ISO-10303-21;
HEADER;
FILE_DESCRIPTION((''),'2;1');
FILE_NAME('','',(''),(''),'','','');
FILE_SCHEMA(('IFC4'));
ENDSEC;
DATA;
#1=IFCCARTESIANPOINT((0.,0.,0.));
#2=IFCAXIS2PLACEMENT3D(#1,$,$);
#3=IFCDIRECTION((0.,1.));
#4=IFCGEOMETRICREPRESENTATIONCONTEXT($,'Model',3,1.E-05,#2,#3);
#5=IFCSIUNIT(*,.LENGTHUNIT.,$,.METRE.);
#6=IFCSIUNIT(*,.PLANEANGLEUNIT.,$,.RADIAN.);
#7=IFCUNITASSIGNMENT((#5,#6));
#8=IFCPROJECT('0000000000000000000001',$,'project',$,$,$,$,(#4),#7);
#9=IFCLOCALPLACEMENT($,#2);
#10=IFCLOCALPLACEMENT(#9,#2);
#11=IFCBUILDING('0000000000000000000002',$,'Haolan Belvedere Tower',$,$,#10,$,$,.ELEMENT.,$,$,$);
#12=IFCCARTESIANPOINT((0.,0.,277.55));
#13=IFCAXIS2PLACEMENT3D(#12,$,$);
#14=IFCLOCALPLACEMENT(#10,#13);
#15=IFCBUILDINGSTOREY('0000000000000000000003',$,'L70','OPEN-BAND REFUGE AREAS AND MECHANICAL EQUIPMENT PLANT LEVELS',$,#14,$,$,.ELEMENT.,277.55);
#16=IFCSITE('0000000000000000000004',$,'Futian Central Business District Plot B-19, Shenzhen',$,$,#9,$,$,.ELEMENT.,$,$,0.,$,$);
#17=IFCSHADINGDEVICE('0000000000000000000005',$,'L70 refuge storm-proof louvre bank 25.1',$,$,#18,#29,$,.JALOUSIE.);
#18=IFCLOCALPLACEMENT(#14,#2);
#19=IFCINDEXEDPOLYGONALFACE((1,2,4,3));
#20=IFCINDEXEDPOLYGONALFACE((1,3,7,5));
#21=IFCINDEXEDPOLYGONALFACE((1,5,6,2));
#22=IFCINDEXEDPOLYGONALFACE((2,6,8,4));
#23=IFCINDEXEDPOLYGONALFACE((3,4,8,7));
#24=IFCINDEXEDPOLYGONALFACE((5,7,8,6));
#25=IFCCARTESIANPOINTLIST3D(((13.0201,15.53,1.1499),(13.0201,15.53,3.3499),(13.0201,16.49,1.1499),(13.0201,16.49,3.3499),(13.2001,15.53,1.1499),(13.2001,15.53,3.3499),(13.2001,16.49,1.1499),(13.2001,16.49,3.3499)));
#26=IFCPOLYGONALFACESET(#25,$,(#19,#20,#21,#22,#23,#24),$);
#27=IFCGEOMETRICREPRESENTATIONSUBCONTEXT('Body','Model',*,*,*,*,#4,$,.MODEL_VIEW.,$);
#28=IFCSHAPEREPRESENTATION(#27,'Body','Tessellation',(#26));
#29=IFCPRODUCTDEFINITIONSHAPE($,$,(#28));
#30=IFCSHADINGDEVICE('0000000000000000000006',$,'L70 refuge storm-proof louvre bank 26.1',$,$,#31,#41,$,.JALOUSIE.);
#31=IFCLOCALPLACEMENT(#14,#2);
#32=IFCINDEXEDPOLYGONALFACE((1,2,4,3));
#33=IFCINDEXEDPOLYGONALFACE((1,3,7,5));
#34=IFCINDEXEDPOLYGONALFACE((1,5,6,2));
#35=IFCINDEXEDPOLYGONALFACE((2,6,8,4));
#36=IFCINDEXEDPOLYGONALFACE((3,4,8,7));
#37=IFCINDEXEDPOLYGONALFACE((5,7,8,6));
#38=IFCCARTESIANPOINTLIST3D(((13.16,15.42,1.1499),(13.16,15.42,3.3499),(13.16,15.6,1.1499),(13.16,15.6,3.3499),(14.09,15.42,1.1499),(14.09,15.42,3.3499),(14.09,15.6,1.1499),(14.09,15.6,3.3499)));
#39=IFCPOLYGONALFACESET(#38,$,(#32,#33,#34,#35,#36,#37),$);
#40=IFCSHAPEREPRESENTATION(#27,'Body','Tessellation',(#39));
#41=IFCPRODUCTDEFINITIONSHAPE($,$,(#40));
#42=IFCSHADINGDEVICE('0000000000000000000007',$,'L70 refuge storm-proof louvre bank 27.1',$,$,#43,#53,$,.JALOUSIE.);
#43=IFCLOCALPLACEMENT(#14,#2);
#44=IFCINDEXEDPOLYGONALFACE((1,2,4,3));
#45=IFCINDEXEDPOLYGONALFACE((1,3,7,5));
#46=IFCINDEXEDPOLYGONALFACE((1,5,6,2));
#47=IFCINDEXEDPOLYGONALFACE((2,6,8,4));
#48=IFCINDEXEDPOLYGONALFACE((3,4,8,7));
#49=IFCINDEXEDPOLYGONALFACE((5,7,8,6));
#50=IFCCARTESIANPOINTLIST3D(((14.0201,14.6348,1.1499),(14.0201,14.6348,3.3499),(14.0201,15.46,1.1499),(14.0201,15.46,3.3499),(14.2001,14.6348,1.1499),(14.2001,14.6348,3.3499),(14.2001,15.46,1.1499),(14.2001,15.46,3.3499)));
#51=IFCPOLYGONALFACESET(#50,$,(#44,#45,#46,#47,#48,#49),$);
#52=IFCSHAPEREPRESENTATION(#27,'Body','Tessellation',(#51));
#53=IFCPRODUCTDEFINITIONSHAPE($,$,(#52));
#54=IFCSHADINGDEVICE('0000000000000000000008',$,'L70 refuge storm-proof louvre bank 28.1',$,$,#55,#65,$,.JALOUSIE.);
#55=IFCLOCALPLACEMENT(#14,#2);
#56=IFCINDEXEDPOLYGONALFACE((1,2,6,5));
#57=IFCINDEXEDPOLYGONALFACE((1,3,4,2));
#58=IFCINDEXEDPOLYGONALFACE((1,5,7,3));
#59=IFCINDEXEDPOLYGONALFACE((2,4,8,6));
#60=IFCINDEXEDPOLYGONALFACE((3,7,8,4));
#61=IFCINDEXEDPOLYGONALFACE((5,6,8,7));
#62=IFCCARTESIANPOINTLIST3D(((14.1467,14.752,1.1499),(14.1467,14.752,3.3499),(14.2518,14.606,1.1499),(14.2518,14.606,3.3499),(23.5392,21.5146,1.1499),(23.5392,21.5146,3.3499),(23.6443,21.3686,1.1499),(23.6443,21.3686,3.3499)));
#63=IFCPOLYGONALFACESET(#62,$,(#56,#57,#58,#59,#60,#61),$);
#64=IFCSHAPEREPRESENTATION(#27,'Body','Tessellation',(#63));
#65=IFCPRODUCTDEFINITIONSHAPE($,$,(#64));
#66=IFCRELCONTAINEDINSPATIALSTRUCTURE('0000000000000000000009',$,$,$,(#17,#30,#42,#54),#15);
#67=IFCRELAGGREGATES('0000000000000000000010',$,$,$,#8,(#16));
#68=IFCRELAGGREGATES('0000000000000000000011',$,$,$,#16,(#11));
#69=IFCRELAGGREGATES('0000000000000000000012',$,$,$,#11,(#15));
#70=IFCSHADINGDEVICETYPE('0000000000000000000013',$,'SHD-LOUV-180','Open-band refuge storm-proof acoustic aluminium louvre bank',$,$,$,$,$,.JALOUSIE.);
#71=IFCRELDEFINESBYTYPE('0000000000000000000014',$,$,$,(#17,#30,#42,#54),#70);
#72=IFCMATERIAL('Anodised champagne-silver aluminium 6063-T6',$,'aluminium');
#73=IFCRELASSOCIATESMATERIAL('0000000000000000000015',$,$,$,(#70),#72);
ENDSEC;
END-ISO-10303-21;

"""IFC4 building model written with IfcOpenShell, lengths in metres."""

from ifc_helpers import new_model, si_unit, direction, frame, origin, origin_2d, place, context, subcontext, project, spatial, rectangle, extrude, material, type_object, element, save


model = new_model("IFC4")

# Units and contexts
model_context = context("Model", 3, precision=1e-05, world=origin(), true_north=direction((0.0, 1.0)))
body_context = subcontext(model_context, "Body", "Model", "MODEL_VIEW")
ifc_project = project(units=[si_unit("LENGTHUNIT", "METRE"), si_unit("PLANEANGLEUNIT", "RADIAN")], contexts=[model_context])

# Site, building, storey
site_placement = place(None, origin())
site = spatial("IfcSite", under=ifc_project, at=site_placement, Name="Futian Central Business District Plot B-19, Shenzhen", CompositionType="ELEMENT", RefElevation=0.0)
building_placement = place(site_placement, origin())
building = spatial("IfcBuilding", under=site, at=building_placement, Name="Haolan Belvedere Tower", CompositionType="ELEMENT")
storey_placement = place(building_placement, frame((0.0, 0.0, 277.55)))
storey = spatial("IfcBuildingStorey", under=building, at=storey_placement, Name="L70", Description="OPEN-BAND REFUGE AREAS AND MECHANICAL EQUIPMENT PLANT LEVELS", CompositionType="ELEMENT", Elevation=277.55)

# Shading devices
ifc_material_1 = material(Name="Anodised champagne-silver aluminium 6063-T6", Category="aluminium")
shading_device_type = type_object("IfcShadingDeviceType", Name="SHD-LOUV-180", Description="Open-band refuge storm-proof acoustic aluminium louvre bank", PredefinedType="JALOUSIE", material=ifc_material_1)
shading_device_1_placement = place(storey_placement, frame((13.1101, 16.01, 1.1499), z_axis=(0.0, 0.0, 1.0), x_axis=(0.0, -1.0, 0.0)))
element("IfcShadingDevice", 1, at=shading_device_1_placement, inside=storey, type_object=shading_device_type, Name="L70 refuge storm-proof louvre bank 25.1", PredefinedType="JALOUSIE", context=body_context, shape_type="SweptSolid", body=[
    extrude(rectangle(XDim=0.96, YDim=0.1799, at=origin_2d()), origin(), (0.0, 0.0, 1.0), 2.2),
])
shading_device_2_placement = place(storey_placement, frame((13.625, 15.51, 1.1499), z_axis=(0.0, 0.0, 1.0), x_axis=(1.0, 0.0, 0.0)))
element("IfcShadingDevice", 2, at=shading_device_2_placement, inside=storey, type_object=shading_device_type, Name="L70 refuge storm-proof louvre bank 26.1", PredefinedType="JALOUSIE", context=body_context, shape_type="SweptSolid", body=[
    extrude(rectangle(XDim=0.9299, YDim=0.1799, at=origin_2d()), origin(), (0.0, 0.0, 1.0), 2.2),
])
shading_device_3_placement = place(storey_placement, frame((14.1101, 15.0474, 1.1499), z_axis=(0.0, 0.0, 1.0), x_axis=(0.0, -1.0, 0.0)))
element("IfcShadingDevice", 3, at=shading_device_3_placement, inside=storey, type_object=shading_device_type, Name="L70 refuge storm-proof louvre bank 27.1", PredefinedType="JALOUSIE", context=body_context, shape_type="SweptSolid", body=[
    extrude(rectangle(XDim=0.8252, YDim=0.1799, at=origin_2d()), origin(), (0.0, 0.0, 1.0), 2.2),
])
shading_device_4_placement = place(storey_placement, frame((18.8955, 18.0603, 1.1499), z_axis=(0.0, 0.0, 1.0), x_axis=(0.811533, 0.584306, 0.0)))
element("IfcShadingDevice", 4, at=shading_device_4_placement, inside=storey, type_object=shading_device_type, Name="L70 refuge storm-proof louvre bank 28.1", PredefinedType="JALOUSIE", context=body_context, shape_type="SweptSolid", body=[
    extrude(rectangle(XDim=11.5737, YDim=0.1799, at=origin_2d()), origin(), (0.0, 0.0, 1.0), 2.2),
])

save(model, "model.ifc")
